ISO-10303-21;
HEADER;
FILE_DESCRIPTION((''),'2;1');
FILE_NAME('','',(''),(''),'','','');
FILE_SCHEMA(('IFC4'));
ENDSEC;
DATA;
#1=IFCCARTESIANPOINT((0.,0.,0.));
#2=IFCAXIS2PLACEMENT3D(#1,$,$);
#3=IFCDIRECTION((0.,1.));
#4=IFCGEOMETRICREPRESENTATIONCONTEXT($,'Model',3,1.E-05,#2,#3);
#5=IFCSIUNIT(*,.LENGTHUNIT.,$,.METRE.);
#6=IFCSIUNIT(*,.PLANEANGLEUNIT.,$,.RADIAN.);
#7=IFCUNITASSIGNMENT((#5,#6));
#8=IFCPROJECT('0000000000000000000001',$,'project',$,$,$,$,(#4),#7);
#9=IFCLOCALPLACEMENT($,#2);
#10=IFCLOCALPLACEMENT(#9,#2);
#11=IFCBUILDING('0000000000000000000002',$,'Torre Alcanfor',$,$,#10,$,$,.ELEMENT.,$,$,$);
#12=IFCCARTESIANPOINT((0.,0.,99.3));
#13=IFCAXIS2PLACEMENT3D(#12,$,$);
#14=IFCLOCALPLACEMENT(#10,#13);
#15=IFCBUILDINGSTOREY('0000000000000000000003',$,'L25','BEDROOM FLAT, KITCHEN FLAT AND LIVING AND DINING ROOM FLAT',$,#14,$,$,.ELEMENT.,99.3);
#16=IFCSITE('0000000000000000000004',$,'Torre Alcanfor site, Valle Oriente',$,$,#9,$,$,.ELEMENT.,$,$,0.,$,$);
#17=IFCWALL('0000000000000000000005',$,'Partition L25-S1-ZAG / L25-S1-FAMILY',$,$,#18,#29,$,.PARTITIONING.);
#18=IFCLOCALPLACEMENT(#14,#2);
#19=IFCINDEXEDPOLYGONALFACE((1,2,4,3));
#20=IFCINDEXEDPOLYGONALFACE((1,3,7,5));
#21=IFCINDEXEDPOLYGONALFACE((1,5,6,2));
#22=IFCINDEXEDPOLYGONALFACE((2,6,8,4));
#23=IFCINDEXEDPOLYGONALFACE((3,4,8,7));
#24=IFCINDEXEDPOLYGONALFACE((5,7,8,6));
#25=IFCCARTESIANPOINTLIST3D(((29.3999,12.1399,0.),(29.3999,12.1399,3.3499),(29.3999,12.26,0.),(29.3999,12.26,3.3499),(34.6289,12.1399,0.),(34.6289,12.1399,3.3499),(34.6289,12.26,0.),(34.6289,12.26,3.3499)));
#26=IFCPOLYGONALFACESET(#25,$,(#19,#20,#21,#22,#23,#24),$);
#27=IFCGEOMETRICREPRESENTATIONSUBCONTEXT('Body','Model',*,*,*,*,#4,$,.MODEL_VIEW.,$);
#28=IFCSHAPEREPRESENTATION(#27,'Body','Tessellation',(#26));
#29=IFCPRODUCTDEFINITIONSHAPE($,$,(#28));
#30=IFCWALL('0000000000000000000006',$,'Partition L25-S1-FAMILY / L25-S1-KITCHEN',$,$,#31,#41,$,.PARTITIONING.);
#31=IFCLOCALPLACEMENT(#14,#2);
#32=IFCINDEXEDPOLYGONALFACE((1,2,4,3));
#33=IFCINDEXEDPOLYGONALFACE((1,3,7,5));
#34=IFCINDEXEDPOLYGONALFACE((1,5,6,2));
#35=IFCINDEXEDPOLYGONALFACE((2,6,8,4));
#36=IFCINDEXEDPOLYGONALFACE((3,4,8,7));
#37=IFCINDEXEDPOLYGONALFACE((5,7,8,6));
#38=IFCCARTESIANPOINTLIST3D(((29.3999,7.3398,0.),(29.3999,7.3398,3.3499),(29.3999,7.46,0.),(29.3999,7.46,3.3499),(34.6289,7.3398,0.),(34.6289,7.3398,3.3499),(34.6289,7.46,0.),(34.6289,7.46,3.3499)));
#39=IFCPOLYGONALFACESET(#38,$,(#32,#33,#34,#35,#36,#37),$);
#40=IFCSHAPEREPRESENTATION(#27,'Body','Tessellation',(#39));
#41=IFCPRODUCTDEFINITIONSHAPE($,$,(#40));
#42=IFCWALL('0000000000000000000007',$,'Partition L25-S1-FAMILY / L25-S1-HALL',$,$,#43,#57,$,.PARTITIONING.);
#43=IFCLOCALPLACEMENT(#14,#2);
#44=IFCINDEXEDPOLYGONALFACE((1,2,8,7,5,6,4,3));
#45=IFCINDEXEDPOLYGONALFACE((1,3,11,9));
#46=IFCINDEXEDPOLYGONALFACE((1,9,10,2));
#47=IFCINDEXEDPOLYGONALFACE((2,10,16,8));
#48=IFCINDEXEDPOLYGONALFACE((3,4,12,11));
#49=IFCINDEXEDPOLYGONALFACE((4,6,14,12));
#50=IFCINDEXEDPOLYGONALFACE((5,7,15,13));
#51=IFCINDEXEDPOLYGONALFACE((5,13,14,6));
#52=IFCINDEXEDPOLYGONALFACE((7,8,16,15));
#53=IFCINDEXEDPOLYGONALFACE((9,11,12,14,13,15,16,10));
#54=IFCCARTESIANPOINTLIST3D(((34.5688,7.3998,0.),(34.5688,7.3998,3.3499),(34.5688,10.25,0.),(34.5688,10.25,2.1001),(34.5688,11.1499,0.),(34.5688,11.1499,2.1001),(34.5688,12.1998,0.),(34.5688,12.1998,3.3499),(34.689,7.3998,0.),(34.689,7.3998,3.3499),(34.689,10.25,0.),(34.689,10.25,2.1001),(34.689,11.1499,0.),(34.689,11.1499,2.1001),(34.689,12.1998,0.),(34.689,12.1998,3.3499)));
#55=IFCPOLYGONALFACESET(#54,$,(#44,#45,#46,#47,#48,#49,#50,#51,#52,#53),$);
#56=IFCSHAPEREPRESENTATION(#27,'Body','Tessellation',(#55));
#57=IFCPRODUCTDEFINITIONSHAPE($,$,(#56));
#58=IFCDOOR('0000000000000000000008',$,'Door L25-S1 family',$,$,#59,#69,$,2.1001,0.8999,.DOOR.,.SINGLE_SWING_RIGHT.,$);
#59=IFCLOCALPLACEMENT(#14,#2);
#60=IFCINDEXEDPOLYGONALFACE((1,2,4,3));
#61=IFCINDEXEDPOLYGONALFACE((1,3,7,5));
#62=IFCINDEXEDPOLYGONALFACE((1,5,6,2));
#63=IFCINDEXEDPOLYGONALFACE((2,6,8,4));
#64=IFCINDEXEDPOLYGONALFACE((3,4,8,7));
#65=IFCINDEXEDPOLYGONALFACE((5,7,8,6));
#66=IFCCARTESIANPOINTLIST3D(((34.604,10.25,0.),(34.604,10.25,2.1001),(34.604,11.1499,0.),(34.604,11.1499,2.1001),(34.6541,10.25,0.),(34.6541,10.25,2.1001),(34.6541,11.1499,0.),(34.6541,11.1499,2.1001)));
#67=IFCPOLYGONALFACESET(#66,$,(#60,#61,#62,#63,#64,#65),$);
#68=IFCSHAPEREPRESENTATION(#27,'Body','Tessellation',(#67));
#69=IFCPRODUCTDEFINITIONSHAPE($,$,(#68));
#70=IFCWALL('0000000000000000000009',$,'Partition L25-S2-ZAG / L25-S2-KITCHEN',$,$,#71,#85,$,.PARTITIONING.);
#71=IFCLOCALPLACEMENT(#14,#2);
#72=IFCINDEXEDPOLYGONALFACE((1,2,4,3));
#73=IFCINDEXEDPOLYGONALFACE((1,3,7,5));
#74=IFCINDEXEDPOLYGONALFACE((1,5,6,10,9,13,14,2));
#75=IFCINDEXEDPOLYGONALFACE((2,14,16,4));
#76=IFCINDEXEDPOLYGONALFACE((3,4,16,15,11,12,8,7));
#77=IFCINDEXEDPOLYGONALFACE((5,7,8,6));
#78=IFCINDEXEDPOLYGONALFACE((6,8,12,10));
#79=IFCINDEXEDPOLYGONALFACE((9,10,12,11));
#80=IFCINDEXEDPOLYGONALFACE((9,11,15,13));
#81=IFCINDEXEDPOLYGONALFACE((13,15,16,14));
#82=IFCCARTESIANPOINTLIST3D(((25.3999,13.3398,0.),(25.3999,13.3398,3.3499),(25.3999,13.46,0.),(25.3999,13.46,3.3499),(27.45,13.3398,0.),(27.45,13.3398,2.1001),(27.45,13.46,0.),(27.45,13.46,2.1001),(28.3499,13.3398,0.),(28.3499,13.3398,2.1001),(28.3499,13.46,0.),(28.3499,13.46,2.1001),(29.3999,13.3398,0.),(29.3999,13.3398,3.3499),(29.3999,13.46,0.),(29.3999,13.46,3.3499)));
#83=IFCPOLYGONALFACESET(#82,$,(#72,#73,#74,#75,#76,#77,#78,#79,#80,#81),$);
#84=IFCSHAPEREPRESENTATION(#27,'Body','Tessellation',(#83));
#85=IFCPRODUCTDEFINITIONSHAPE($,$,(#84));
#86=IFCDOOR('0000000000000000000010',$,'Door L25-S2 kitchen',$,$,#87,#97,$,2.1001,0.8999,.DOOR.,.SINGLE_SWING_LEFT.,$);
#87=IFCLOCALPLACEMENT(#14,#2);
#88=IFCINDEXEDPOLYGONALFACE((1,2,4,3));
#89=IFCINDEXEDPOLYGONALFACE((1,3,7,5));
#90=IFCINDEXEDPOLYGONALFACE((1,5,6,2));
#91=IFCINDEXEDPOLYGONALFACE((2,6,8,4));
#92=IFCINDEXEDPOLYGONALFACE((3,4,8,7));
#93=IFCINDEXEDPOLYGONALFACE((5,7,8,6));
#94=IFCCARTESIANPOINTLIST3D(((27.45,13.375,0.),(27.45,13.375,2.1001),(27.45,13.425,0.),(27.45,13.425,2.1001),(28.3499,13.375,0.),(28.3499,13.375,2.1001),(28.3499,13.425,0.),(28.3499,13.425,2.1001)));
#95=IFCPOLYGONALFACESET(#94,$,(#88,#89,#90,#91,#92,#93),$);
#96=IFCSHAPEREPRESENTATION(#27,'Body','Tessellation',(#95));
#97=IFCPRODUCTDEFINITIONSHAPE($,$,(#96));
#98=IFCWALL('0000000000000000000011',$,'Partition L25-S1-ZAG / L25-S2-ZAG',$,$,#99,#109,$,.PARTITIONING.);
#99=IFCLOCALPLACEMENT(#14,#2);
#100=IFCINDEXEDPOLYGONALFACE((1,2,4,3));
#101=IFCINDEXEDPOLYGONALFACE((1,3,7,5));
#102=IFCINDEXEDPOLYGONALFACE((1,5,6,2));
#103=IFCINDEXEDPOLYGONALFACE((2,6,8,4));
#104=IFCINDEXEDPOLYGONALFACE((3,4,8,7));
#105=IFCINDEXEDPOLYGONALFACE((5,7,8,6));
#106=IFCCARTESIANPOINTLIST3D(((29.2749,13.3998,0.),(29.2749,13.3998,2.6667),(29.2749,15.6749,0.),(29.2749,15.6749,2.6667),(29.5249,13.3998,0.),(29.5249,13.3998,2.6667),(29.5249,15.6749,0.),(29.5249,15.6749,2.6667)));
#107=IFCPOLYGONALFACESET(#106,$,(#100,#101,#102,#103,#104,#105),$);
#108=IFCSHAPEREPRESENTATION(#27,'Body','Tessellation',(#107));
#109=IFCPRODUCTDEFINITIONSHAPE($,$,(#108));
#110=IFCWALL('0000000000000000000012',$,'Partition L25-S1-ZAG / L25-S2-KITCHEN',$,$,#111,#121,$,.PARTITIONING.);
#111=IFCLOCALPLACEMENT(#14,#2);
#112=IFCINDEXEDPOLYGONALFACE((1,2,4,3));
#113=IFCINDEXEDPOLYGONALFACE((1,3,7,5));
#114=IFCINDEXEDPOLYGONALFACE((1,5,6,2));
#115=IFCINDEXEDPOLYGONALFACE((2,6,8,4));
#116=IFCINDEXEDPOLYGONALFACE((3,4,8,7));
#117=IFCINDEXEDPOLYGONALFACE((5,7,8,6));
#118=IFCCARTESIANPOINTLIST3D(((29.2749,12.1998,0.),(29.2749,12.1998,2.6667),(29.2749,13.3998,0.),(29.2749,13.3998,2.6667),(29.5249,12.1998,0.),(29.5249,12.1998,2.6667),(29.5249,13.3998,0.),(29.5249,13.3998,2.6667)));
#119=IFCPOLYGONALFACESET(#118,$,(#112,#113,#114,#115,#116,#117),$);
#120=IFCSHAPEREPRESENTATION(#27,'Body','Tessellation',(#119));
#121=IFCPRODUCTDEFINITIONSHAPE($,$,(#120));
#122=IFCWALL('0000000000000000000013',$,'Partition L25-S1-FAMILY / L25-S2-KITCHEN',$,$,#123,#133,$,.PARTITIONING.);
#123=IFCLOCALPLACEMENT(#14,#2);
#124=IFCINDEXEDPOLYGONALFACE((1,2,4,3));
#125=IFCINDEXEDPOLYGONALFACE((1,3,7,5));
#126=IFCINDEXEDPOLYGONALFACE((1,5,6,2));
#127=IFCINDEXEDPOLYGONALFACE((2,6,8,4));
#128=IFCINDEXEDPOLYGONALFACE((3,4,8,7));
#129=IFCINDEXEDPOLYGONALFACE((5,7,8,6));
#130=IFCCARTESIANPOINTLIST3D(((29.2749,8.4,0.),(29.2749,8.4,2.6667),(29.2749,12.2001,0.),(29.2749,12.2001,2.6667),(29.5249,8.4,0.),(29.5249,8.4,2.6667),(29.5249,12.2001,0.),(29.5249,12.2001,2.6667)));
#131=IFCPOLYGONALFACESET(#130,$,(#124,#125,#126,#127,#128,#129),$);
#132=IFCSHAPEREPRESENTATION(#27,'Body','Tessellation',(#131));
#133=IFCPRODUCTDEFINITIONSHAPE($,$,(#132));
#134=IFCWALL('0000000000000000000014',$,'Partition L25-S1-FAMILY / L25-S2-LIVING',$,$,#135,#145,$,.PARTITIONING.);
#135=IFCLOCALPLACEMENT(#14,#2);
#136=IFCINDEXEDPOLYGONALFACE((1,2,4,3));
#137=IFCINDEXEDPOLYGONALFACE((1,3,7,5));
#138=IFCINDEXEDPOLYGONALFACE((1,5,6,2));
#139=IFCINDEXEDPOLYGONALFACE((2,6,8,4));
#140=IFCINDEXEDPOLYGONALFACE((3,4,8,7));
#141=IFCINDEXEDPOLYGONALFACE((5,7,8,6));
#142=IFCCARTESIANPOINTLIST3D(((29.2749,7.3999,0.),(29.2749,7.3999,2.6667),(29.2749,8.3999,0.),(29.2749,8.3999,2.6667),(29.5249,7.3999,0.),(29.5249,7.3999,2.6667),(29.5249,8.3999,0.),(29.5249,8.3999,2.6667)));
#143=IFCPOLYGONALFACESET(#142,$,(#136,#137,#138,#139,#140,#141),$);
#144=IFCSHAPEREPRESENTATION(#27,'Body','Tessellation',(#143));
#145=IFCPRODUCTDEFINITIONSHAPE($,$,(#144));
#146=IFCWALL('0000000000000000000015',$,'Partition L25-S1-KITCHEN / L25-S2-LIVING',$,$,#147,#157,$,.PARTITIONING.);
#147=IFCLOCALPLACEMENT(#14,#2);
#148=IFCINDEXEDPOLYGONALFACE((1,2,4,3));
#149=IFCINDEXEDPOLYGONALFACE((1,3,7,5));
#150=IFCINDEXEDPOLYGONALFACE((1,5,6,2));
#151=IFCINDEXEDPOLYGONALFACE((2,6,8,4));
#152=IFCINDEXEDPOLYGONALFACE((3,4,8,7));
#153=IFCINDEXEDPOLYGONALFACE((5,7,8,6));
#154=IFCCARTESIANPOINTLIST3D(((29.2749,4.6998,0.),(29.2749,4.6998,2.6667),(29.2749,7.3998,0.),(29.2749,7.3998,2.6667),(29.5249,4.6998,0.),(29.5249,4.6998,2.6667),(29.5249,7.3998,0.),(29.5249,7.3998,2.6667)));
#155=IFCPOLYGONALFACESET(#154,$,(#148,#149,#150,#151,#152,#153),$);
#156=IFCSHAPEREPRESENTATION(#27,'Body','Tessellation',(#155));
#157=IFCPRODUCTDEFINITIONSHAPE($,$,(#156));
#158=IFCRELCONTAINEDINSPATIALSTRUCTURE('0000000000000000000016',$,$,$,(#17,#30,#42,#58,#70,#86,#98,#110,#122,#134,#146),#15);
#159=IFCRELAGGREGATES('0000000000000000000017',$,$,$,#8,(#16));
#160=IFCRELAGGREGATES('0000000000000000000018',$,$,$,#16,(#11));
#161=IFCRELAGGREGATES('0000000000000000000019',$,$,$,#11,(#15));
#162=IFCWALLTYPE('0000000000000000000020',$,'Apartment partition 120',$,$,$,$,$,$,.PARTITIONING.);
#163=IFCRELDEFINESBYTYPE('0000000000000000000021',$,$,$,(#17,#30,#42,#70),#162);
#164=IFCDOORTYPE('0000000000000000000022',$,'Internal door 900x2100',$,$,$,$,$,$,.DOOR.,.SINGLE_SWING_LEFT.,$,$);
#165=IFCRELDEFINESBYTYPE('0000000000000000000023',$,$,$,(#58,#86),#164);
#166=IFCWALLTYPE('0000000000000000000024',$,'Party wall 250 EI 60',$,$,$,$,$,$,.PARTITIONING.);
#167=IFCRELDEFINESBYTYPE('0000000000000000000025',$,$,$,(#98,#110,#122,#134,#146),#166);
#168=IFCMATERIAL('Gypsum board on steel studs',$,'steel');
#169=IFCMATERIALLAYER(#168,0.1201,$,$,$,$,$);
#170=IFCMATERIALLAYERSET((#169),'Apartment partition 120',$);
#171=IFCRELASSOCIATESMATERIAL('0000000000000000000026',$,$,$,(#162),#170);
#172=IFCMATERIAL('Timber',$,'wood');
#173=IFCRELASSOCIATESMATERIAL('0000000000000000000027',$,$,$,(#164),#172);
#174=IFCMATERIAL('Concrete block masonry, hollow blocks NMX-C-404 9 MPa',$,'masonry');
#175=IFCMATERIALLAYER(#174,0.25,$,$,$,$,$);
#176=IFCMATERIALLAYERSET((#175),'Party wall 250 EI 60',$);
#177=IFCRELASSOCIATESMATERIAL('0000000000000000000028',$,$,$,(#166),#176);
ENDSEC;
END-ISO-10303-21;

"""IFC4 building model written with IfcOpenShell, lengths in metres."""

from ifc_helpers import new_model, si_unit, direction, frame, frame_2d, origin, place, context, subcontext, project, spatial, rectangle, extrude, material, layer, layer_set, type_object, element, fill, save


model = new_model("IFC4")

# Units and contexts
model_context = context("Model", 3, precision=1e-05, world=origin(), true_north=direction((0.0, 1.0)))
body_context = subcontext(model_context, "Body", "Model", "MODEL_VIEW")
ifc_project = project(units=[si_unit("LENGTHUNIT", "METRE"), si_unit("PLANEANGLEUNIT", "RADIAN")], contexts=[model_context])

# Site, building, storey
site_placement = place(None, origin())
site = spatial("IfcSite", under=ifc_project, at=site_placement, Name="Torre Alcanfor site, Valle Oriente", CompositionType="ELEMENT", RefElevation=0.0)
building_placement = place(site_placement, origin())
building = spatial("IfcBuilding", under=site, at=building_placement, Name="Torre Alcanfor", CompositionType="ELEMENT")
storey_placement = place(building_placement, frame((0.0, 0.0, 99.3)))
storey = spatial("IfcBuildingStorey", under=building, at=storey_placement, Name="L25", Description="BEDROOM FLAT, KITCHEN FLAT AND LIVING AND DINING ROOM FLAT", CompositionType="ELEMENT", Elevation=99.3)

# Walls
ifc_material_1 = material(Name="Gypsum board on steel studs", Category="steel")
ifc_layer_1 = layer(ifc_material_1, 0.1201)
ifc_layer_set_1 = layer_set([ifc_layer_1], Name="Apartment partition 120")
wall_type_1 = type_object("IfcWallType", Name="Apartment partition 120", PredefinedType="PARTITIONING", material=ifc_layer_set_1)
for number, where, z_axis, x_axis, name in (
    (1, (29.3999, 12.2, 0.0), (0.0, 0.0, 1.0), (1.0, 0.0, 0.0), "Partition L25-S1-ZAG / L25-S1-FAMILY"),
    (2, (29.3999, 7.3999, 0.0), (0.0, 0.0, 1.0), (1.0, 0.0, 0.0), "Partition L25-S1-FAMILY / L25-S1-KITCHEN"),
):
    element("IfcWall", number, at=place(storey_placement, frame(where, z_axis=z_axis, x_axis=x_axis)), inside=storey, type_object=wall_type_1, Name=name, PredefinedType="PARTITIONING", context=body_context, shape_type="SweptSolid", body=[
        extrude(rectangle(XDim=5.229, YDim=0.1201, at=frame_2d((2.6145, 0.0))), origin(), (0.0, 0.0, 1.0), 3.3499),
    ])

# Walls, openings, doors
wall_1_placement = place(storey_placement, frame((34.6289, 7.3999, 0.0), z_axis=(0.0, 0.0, 1.0), x_axis=(0.0, 1.0, 0.0)))
wall_1 = element("IfcWall", 3, at=wall_1_placement, inside=storey, type_object=wall_type_1, Name="Partition L25-S1-FAMILY / L25-S1-HALL", PredefinedType="PARTITIONING", context=body_context, shape_type="SweptSolid", body=[
    extrude(rectangle(XDim=4.8, YDim=0.1201, at=frame_2d((2.3999, 0.0))), origin(), (0.0, 0.0, 1.0), 3.3499),
])
opening_1_placement = place(wall_1_placement, frame((2.8501, 0.0, 0.0)))
opening_1 = element("IfcOpeningElement", 4, at=opening_1_placement, cuts=wall_1, PredefinedType="OPENING", context=body_context, shape_type="SweptSolid", body=[
    extrude(rectangle(XDim=0.8999, YDim=2.1001, at=frame_2d((0.45, 1.05))), frame((0.0, 0.0701, 0.0), z_axis=(0.0, -1.0, 0.0), x_axis=(1.0, 0.0, 0.0)), (0.0, 0.0, 1.0), 0.1401),
])
ifc_material_2 = material(Name="Timber", Category="wood")
door_type_1 = type_object("IfcDoorType", Name="Internal door 900x2100", OperationType="SINGLE_SWING_LEFT", PredefinedType="DOOR", material=ifc_material_2)
door_1_placement = place(opening_1_placement, origin())
door_1 = element("IfcDoor", 5, at=door_1_placement, inside=storey, type_object=door_type_1, Name="Door L25-S1 family", OperationType="SINGLE_SWING_RIGHT", OverallHeight=2.1001, OverallWidth=0.8999, PredefinedType="DOOR", context=body_context, shape_type="SweptSolid", body=[
    extrude(rectangle(XDim=0.8999, YDim=2.1001, at=frame_2d((0.45, 1.05))), frame((0.0, 0.0249, 0.0), z_axis=(0.0, -1.0, 0.0), x_axis=(1.0, 0.0, 0.0)), (0.0, 0.0, 1.0), 0.05),
])
fill(opening_1, door_1)
wall_2_placement = place(storey_placement, frame((29.3999, 13.3999, 0.0), z_axis=(0.0, 0.0, 1.0), x_axis=(-1.0, 0.0, 0.0)))
wall_2 = element("IfcWall", 6, at=wall_2_placement, inside=storey, type_object=wall_type_1, Name="Partition L25-S2-ZAG / L25-S2-KITCHEN", PredefinedType="PARTITIONING", context=body_context, shape_type="SweptSolid", body=[
    extrude(rectangle(XDim=4.0, YDim=0.1201, at=frame_2d((2.0, 0.0))), origin(), (0.0, 0.0, 1.0), 3.3499),
])
opening_2_placement = place(wall_2_placement, frame((1.05, 0.0, 0.0)))
opening_2 = element("IfcOpeningElement", 7, at=opening_2_placement, cuts=wall_2, PredefinedType="OPENING", context=body_context, shape_type="SweptSolid", body=[
    extrude(rectangle(XDim=0.8999, YDim=2.1001, at=frame_2d((0.45, 1.05))), frame((0.0, 0.0701, 0.0), z_axis=(0.0, -1.0, 0.0), x_axis=(1.0, 0.0, 0.0)), (0.0, 0.0, 1.0), 0.1401),
])
door_2_placement = place(opening_2_placement, origin())
door_2 = element("IfcDoor", 8, at=door_2_placement, inside=storey, type_object=door_type_1, Name="Door L25-S2 kitchen", OperationType="SINGLE_SWING_LEFT", OverallHeight=2.1001, OverallWidth=0.8999, PredefinedType="DOOR", context=body_context, shape_type="SweptSolid", body=[
    extrude(rectangle(XDim=0.8999, YDim=2.1001, at=frame_2d((0.45, 1.05))), frame((0.0, 0.0249, 0.0), z_axis=(0.0, -1.0, 0.0), x_axis=(1.0, 0.0, 0.0)), (0.0, 0.0, 1.0), 0.05),
])
fill(opening_2, door_2)

# Walls
ifc_material_3 = material(Name="Concrete block masonry, hollow blocks NMX-C-404 9 MPa", Category="masonry")
ifc_layer_2 = layer(ifc_material_3, 0.25)
ifc_layer_set_2 = layer_set([ifc_layer_2], Name="Party wall 250 EI 60")
wall_type_2 = type_object("IfcWallType", Name="Party wall 250 EI 60", PredefinedType="PARTITIONING", material=ifc_layer_set_2)
wall_3_placement = place(storey_placement, frame((29.3999, 15.675, 0.0), z_axis=(0.0, 0.0, 1.0), x_axis=(0.0, -1.0, 0.0)))
element("IfcWall", 9, at=wall_3_placement, inside=storey, type_object=wall_type_2, Name="Partition L25-S1-ZAG / L25-S2-ZAG", PredefinedType="PARTITIONING", context=body_context, shape_type="SweptSolid", body=[
    extrude(rectangle(XDim=2.2751, YDim=0.25, at=frame_2d((1.1377, 0.0))), origin(), (0.0, 0.0, 1.0), 2.6667),
])
wall_4_placement = place(storey_placement, frame((29.3999, 13.3999, 0.0), z_axis=(0.0, 0.0, 1.0), x_axis=(0.0, -1.0, 0.0)))
element("IfcWall", 10, at=wall_4_placement, inside=storey, type_object=wall_type_2, Name="Partition L25-S1-ZAG / L25-S2-KITCHEN", PredefinedType="PARTITIONING", context=body_context, shape_type="SweptSolid", body=[
    extrude(rectangle(XDim=1.2, YDim=0.25, at=frame_2d((0.6001, 0.0))), origin(), (0.0, 0.0, 1.0), 2.6667),
])
wall_5_placement = place(storey_placement, frame((29.3999, 12.2, 0.0), z_axis=(0.0, 0.0, 1.0), x_axis=(0.0, -1.0, 0.0)))
element("IfcWall", 11, at=wall_5_placement, inside=storey, type_object=wall_type_2, Name="Partition L25-S1-FAMILY / L25-S2-KITCHEN", PredefinedType="PARTITIONING", context=body_context, shape_type="SweptSolid", body=[
    extrude(rectangle(XDim=3.8, YDim=0.25, at=frame_2d((1.8999, 0.0))), origin(), (0.0, 0.0, 1.0), 2.6667),
])
wall_6_placement = place(storey_placement, frame((29.3999, 8.3999, 0.0), z_axis=(0.0, 0.0, 1.0), x_axis=(0.0, -1.0, 0.0)))
element("IfcWall", 12, at=wall_6_placement, inside=storey, type_object=wall_type_2, Name="Partition L25-S1-FAMILY / L25-S2-LIVING", PredefinedType="PARTITIONING", context=body_context, shape_type="SweptSolid", body=[
    extrude(rectangle(XDim=1.0, YDim=0.25, at=frame_2d((0.5, 0.0))), origin(), (0.0, 0.0, 1.0), 2.6667),
])
wall_7_placement = place(storey_placement, frame((29.3999, 7.3999, 0.0), z_axis=(0.0, 0.0, 1.0), x_axis=(0.0, -1.0, 0.0)))
element("IfcWall", 13, at=wall_7_placement, inside=storey, type_object=wall_type_2, Name="Partition L25-S1-KITCHEN / L25-S2-LIVING", PredefinedType="PARTITIONING", context=body_context, shape_type="SweptSolid", body=[
    extrude(rectangle(XDim=2.7, YDim=0.25, at=frame_2d((1.3501, 0.0))), origin(), (0.0, 0.0, 1.0), 2.6667),
])

save(model, "model.ifc")
